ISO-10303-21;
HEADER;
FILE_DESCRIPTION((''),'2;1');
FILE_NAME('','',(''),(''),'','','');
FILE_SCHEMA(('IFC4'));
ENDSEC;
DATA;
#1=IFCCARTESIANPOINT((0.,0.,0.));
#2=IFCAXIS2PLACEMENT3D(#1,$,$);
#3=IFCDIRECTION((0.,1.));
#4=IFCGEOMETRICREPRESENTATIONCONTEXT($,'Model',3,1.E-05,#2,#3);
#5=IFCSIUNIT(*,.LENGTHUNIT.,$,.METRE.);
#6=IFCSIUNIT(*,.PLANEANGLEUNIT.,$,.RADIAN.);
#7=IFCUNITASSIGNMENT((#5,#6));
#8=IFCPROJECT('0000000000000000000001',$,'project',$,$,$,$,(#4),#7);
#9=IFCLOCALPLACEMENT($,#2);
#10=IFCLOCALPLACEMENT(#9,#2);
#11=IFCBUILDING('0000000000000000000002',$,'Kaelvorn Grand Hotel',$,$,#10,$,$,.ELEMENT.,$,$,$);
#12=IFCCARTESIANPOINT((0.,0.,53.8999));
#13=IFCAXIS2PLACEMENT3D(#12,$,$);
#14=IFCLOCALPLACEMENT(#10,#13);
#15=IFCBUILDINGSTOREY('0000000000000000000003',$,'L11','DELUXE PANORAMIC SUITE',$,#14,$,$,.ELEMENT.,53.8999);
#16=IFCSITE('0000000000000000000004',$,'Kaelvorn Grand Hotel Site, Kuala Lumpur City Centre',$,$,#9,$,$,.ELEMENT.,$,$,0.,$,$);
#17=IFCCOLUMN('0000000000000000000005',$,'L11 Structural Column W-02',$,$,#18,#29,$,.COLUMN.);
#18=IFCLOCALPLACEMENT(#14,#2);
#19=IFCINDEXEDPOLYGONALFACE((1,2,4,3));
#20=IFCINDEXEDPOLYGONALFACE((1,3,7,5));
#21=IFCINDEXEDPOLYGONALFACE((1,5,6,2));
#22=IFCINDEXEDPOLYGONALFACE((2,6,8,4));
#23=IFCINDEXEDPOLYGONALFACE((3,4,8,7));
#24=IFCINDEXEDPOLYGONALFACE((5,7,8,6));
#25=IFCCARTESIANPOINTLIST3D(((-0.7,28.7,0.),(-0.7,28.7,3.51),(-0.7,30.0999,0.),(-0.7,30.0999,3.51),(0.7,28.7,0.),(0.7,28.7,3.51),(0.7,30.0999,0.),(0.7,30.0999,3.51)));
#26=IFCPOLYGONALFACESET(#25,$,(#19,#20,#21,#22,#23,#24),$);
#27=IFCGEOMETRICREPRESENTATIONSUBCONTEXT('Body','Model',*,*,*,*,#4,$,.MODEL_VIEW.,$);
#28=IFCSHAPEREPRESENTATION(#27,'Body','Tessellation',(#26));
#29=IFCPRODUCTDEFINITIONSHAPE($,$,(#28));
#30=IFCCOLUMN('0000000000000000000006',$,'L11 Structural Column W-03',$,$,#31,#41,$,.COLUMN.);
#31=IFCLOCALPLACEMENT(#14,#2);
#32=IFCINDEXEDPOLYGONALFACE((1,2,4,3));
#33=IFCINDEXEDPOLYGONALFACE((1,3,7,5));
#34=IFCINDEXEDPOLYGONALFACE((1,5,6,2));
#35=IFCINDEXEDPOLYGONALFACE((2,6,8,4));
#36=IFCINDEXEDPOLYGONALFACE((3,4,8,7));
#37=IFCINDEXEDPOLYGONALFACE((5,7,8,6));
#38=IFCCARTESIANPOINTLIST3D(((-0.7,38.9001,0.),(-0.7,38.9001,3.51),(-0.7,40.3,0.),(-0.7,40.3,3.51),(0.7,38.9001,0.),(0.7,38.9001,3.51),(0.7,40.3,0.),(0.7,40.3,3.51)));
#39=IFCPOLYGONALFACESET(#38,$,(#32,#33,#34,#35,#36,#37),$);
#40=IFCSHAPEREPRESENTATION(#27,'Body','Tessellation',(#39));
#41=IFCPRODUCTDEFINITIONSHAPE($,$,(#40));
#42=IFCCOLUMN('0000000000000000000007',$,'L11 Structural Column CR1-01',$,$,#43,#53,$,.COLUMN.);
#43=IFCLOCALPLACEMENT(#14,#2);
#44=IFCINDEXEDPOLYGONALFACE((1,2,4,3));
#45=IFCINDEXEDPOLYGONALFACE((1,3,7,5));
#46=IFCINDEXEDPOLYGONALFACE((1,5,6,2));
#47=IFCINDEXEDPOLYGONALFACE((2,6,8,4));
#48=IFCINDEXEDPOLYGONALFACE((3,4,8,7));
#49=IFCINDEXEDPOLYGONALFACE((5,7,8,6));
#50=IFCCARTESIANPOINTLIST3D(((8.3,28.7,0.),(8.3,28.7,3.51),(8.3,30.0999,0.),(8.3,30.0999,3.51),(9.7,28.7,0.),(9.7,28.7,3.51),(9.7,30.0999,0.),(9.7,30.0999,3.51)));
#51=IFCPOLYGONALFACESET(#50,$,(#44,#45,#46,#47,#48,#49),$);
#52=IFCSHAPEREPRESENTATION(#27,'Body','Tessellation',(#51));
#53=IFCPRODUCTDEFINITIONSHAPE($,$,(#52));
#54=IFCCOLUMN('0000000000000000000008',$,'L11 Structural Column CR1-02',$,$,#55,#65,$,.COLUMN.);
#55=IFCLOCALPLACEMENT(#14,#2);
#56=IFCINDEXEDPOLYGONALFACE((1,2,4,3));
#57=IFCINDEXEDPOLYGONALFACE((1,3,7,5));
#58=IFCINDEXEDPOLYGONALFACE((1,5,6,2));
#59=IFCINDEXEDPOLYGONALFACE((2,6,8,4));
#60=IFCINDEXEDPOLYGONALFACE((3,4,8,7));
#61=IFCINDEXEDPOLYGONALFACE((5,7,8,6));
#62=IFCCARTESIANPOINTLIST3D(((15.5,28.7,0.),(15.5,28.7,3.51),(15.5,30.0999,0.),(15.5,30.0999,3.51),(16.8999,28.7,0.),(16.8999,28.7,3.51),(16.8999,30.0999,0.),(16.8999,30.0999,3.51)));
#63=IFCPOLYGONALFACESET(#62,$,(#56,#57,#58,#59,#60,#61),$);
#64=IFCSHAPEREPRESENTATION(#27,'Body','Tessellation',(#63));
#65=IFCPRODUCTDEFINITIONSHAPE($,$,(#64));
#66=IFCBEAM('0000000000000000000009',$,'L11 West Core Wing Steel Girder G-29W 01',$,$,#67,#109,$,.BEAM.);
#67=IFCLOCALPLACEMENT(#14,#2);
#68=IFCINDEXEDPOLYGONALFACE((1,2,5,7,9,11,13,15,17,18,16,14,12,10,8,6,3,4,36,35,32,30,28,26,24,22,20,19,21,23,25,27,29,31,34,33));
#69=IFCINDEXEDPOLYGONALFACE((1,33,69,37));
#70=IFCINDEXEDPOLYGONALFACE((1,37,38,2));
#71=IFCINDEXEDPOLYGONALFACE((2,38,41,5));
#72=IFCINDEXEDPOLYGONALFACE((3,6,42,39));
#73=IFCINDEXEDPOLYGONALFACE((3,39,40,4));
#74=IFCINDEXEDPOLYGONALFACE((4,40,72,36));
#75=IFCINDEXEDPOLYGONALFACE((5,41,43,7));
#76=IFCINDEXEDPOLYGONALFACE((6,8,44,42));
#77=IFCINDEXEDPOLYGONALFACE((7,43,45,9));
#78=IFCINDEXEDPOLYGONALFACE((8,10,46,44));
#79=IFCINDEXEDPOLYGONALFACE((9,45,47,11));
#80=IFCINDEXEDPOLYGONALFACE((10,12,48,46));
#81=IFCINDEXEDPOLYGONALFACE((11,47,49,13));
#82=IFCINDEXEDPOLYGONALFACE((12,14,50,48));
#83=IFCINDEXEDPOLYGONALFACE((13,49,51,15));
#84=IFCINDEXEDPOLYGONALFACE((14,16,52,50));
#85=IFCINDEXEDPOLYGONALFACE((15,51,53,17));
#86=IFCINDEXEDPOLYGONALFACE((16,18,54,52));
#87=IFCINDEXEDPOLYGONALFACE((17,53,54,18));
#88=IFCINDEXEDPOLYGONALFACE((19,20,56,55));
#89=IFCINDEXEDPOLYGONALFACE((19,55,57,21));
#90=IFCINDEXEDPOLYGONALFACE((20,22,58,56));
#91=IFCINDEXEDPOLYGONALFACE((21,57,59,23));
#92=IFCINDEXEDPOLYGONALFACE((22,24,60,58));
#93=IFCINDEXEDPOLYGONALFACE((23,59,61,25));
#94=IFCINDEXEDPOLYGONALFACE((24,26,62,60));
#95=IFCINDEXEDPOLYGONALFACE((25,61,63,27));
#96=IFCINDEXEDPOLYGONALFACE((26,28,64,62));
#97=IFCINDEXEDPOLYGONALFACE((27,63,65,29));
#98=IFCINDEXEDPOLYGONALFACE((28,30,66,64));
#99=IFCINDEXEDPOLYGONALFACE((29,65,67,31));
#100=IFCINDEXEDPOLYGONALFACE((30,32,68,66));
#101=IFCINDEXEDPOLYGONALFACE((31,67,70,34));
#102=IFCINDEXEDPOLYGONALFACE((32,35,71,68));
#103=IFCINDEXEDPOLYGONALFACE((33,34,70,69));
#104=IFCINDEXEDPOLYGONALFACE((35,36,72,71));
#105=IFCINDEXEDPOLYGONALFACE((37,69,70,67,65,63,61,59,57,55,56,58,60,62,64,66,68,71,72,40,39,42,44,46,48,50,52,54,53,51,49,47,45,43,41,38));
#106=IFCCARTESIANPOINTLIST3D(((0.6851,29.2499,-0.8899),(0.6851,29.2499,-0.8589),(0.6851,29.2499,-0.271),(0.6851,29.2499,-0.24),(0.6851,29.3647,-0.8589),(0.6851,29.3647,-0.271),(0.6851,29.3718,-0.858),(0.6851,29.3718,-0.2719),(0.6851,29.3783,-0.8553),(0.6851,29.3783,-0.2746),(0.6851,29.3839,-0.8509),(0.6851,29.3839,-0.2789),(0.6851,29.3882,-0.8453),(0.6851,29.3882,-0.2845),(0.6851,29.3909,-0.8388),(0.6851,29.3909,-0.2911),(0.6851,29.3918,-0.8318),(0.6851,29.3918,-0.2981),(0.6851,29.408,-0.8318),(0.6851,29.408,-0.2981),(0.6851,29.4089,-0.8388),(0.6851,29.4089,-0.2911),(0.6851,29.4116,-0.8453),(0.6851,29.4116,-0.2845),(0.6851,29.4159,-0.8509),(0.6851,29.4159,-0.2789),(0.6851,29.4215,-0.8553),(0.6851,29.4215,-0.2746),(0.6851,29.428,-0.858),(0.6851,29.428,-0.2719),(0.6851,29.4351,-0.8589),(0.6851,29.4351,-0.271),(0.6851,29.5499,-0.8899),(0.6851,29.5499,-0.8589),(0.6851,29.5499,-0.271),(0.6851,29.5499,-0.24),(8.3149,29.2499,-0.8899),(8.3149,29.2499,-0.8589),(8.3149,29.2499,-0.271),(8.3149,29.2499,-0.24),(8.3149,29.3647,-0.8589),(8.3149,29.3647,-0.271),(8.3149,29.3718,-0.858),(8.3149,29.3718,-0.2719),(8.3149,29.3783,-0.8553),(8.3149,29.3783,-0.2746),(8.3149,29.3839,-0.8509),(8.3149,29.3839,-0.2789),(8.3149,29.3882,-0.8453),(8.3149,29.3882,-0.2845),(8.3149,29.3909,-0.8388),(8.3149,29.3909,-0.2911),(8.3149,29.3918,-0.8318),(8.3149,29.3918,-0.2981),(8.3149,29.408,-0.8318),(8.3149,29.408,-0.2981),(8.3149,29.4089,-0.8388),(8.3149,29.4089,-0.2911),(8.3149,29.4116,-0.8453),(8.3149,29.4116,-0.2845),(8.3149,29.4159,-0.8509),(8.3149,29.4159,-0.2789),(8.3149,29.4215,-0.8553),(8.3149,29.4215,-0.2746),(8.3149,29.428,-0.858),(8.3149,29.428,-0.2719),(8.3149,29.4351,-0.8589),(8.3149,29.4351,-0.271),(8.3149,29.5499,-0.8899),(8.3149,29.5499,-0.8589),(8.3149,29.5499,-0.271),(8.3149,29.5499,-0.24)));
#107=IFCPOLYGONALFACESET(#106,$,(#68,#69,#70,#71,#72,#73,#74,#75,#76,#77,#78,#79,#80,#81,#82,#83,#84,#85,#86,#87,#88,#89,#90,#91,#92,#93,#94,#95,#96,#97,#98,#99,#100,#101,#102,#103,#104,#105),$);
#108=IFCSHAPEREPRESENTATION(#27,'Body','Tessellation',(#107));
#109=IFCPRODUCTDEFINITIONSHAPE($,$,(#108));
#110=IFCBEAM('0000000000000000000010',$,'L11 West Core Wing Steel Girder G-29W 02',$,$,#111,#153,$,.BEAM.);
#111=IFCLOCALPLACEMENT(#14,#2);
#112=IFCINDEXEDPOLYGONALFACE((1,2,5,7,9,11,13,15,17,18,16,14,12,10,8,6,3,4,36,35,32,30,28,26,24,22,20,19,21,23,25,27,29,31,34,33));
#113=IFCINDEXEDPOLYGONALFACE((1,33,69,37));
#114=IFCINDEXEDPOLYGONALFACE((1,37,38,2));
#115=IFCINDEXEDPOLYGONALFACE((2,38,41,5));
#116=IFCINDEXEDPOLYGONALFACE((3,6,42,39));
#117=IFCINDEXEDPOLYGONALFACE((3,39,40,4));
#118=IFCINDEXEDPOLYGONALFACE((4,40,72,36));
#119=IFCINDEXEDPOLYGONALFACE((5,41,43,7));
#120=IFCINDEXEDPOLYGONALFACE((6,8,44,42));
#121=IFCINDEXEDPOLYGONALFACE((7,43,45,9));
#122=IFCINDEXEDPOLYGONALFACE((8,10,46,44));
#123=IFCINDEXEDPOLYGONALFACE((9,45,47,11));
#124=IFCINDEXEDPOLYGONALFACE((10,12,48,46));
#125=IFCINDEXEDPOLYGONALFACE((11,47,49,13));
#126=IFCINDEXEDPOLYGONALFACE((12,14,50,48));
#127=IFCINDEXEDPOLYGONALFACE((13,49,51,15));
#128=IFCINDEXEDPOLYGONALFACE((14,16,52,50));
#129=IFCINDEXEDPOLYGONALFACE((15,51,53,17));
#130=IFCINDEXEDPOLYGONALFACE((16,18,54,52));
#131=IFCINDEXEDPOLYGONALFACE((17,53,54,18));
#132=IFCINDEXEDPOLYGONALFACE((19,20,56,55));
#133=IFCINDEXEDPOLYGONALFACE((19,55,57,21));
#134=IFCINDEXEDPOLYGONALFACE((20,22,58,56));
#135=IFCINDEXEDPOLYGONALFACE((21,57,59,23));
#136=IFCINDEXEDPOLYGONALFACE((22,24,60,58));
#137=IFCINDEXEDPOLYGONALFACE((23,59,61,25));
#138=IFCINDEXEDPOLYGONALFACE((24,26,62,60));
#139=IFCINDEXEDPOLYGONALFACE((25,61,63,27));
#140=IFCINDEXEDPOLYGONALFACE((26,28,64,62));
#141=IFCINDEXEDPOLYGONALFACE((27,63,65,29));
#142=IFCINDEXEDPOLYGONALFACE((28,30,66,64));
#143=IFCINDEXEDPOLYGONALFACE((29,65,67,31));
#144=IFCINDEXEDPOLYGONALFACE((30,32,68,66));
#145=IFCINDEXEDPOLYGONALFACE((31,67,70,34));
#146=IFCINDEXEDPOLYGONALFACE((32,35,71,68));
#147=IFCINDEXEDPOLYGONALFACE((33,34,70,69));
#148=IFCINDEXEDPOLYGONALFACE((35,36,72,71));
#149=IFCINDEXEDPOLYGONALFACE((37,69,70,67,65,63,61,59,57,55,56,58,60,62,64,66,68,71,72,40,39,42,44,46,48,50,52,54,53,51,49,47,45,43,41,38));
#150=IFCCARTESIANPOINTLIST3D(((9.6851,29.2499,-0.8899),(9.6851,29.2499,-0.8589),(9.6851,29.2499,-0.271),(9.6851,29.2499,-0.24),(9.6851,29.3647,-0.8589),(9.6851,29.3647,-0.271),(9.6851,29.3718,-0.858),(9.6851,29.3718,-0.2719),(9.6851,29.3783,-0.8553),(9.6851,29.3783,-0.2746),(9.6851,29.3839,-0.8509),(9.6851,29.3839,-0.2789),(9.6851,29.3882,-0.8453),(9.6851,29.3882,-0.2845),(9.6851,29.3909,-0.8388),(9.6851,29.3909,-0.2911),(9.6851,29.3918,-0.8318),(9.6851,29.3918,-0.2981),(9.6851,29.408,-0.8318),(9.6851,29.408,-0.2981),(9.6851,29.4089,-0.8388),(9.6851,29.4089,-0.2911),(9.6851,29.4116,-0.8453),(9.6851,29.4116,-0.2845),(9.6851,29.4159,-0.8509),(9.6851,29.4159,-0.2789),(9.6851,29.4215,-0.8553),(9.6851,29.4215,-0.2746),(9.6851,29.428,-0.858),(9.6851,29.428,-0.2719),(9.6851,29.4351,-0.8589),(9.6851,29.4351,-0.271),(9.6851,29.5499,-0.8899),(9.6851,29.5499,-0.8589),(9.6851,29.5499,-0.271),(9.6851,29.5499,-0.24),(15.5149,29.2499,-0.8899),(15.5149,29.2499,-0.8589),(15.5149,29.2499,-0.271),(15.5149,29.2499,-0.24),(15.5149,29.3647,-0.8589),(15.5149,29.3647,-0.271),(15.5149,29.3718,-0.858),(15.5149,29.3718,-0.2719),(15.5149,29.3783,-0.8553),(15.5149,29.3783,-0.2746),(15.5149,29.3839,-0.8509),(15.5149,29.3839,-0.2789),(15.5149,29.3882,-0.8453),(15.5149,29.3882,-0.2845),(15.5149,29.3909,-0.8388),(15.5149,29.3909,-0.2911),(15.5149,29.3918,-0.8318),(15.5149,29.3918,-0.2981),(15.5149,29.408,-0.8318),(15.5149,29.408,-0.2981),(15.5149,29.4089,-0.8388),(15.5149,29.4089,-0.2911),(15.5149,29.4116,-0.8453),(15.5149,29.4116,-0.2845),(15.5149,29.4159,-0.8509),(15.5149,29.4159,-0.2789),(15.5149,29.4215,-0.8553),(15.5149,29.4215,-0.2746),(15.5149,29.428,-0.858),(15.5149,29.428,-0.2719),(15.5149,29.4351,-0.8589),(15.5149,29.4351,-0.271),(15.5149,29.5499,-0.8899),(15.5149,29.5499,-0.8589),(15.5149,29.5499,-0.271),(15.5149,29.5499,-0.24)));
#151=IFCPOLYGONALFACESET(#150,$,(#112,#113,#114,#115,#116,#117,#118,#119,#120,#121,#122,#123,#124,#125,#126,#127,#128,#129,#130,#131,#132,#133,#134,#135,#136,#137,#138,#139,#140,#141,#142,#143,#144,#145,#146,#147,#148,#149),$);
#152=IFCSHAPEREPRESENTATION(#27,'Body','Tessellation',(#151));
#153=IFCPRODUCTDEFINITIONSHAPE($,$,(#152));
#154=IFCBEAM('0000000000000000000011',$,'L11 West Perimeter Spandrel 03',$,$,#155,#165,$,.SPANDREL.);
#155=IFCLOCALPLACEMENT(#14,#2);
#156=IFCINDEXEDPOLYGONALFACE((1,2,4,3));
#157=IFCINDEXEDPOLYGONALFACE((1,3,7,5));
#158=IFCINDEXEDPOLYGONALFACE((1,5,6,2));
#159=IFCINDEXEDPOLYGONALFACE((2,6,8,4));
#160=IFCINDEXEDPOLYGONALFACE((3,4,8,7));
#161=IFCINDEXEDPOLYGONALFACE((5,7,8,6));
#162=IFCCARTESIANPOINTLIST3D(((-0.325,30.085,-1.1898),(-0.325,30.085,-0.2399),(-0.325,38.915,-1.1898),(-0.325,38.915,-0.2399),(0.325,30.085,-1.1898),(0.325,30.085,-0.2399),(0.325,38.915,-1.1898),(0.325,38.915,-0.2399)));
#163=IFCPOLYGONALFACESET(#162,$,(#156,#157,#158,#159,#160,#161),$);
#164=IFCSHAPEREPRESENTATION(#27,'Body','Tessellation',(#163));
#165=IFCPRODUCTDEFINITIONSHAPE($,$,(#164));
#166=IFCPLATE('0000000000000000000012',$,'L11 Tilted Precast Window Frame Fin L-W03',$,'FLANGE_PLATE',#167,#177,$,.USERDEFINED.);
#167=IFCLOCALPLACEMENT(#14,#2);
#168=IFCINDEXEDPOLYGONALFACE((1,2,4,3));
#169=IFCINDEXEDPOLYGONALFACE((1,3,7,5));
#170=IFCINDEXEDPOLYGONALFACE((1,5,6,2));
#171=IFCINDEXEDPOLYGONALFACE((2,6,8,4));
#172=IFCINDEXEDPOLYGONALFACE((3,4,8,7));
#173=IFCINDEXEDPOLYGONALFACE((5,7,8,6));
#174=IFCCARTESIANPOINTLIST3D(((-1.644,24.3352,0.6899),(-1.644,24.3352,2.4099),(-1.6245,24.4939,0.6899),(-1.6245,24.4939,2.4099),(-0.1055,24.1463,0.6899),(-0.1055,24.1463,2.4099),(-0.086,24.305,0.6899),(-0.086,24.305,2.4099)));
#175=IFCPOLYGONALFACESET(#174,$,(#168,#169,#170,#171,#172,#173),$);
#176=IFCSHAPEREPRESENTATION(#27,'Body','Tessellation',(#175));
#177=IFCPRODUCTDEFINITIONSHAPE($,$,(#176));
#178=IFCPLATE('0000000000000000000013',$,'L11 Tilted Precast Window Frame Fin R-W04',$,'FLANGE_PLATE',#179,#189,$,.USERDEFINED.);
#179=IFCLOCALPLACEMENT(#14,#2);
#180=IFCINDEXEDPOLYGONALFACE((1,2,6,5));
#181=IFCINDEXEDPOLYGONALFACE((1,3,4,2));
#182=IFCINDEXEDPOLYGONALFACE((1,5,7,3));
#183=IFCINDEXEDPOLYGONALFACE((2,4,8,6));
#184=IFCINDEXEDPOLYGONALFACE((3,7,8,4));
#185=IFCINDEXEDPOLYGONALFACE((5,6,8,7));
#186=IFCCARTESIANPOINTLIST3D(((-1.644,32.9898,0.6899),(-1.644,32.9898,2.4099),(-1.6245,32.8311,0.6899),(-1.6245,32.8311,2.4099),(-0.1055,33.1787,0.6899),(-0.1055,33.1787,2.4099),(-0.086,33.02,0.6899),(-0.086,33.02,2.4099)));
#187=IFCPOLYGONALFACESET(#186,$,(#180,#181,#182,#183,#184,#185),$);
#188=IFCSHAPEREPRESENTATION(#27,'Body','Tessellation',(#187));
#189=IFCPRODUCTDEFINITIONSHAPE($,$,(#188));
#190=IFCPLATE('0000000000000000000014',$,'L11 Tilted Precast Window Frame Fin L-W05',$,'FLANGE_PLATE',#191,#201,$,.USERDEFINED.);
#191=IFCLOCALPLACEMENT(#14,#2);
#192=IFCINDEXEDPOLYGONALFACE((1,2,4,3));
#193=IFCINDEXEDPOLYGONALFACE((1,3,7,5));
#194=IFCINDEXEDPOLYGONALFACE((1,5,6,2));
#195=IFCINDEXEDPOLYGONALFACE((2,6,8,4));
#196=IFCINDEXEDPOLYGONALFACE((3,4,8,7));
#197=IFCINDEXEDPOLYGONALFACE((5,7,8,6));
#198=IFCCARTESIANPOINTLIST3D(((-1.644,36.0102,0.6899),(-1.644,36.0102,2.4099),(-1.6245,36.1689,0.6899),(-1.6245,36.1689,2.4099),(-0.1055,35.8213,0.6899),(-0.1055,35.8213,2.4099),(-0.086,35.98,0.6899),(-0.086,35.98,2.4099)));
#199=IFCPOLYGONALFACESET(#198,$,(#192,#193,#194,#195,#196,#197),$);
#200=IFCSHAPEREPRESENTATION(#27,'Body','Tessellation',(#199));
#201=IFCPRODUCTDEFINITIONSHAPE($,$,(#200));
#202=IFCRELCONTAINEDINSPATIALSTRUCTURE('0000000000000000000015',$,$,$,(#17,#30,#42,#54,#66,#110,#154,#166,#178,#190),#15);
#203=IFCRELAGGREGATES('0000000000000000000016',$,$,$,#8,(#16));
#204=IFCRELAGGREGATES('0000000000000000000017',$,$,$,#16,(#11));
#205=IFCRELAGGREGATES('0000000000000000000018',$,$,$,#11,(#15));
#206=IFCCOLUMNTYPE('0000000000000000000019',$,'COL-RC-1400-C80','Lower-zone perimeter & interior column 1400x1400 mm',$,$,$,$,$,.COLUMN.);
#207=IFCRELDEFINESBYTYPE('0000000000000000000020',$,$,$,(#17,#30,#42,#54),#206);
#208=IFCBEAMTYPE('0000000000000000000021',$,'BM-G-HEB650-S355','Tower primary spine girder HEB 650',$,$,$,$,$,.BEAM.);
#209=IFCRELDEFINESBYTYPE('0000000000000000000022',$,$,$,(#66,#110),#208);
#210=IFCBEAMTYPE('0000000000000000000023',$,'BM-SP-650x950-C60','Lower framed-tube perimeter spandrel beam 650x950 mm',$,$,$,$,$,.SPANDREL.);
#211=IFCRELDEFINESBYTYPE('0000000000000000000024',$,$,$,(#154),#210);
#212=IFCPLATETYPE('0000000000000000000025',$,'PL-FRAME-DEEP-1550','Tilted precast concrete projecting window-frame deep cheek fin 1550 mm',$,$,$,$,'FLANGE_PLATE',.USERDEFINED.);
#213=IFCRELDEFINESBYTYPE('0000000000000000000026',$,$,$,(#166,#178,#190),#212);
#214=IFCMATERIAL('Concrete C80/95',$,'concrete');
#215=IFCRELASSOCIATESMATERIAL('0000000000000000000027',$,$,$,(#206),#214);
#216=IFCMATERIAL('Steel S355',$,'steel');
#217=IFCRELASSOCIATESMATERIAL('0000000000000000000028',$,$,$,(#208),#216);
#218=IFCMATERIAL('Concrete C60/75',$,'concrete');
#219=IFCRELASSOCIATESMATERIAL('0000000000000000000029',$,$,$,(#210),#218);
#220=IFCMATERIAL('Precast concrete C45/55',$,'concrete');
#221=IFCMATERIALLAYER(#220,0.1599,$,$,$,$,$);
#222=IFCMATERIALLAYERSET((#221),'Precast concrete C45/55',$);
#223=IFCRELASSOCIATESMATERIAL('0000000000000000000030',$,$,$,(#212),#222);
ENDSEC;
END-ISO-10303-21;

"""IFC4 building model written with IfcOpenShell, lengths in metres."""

from ifc_helpers import new_model, si_unit, direction, frame, origin, origin_2d, place, context, subcontext, project, spatial, rectangle, i_section, extrude, material, layer, layer_set, material_profile, profile_set, type_object, element, save


model = new_model("IFC4")

# Units and contexts
model_context = context("Model", 3, precision=1e-05, world=origin(), true_north=direction((0.0, 1.0)))
body_context = subcontext(model_context, "Body", "Model", "MODEL_VIEW")
ifc_project = project(units=[si_unit("LENGTHUNIT", "METRE"), si_unit("PLANEANGLEUNIT", "RADIAN")], contexts=[model_context])

# Site, building, storey
site_placement = place(None, origin())
site = spatial("IfcSite", under=ifc_project, at=site_placement, Name="Kaelvorn Grand Hotel Site, Kuala Lumpur City Centre", CompositionType="ELEMENT", RefElevation=0.0)
building_placement = place(site_placement, origin())
building = spatial("IfcBuilding", under=site, at=building_placement, Name="Kaelvorn Grand Hotel", CompositionType="ELEMENT")
storey_placement = place(building_placement, frame((0.0, 0.0, 53.8999)))
storey = spatial("IfcBuildingStorey", under=building, at=storey_placement, Name="L11", Description="DELUXE PANORAMIC SUITE", CompositionType="ELEMENT", Elevation=53.8999)

# Columns
ifc_material_1 = material(Name="Concrete C80/95", Category="concrete")
ifc_material_profile_1 = material_profile(ifc_material_1, rectangle(XDim=1.3999, YDim=1.3999, at=origin_2d()), Name="RC COL 1400x1400")
ifc_profile_set_1 = profile_set([ifc_material_profile_1], Name="Concrete C80/95")
column_type = type_object("IfcColumnType", Name="COL-RC-1400-C80", Description="Lower-zone perimeter & interior column 1400x1400 mm", PredefinedType="COLUMN", material=ifc_profile_set_1)
for number, where, z_axis, x_axis, name in (
    (1, (0.0, 29.3999, 0.0), (0.0, 0.0, 1.0), (1.0, 0.0, 0.0), "L11 Structural Column W-02"),
    (2, (0.0, 39.6001, 0.0), (0.0, 0.0, 1.0), (1.0, 0.0, 0.0), "L11 Structural Column W-03"),
    (3, (9.0, 29.3999, 0.0), (0.0, 0.0, 1.0), (1.0, 0.0, 0.0), "L11 Structural Column CR1-01"),
    (4, (16.2, 29.3999, 0.0), (0.0, 0.0, 1.0), (1.0, 0.0, 0.0), "L11 Structural Column CR1-02"),
):
    element("IfcColumn", number, at=place(storey_placement, frame(where, z_axis=z_axis, x_axis=x_axis)), inside=storey, type_object=column_type, Name=name, PredefinedType="COLUMN", context=body_context, shape_type="SweptSolid", body=[
        extrude(rectangle(XDim=1.3999, YDim=1.3999, at=origin_2d()), origin(), (0.0, 0.0, 1.0), 3.51),
    ])

# Beams
ifc_material_2 = material(Name="Steel S355", Category="steel")
ifc_material_profile_2 = material_profile(ifc_material_2, i_section(OverallWidth=0.3, OverallDepth=0.6499, WebThickness=0.0161, FlangeThickness=0.031, FilletRadius=0.0271, at=origin_2d()), Name="HEB 650")
ifc_profile_set_2 = profile_set([ifc_material_profile_2], Name="Steel S355")
beam_type_1 = type_object("IfcBeamType", Name="BM-G-HEB650-S355", Description="Tower primary spine girder HEB 650", PredefinedType="BEAM", material=ifc_profile_set_2)
beam_1_placement = place(storey_placement, frame((0.6851, 29.3999, -0.5649), z_axis=(1.0, 0.0, 0.0), x_axis=(0.0, 1.0, 0.0)))
element("IfcBeam", 5, at=beam_1_placement, inside=storey, type_object=beam_type_1, Name="L11 West Core Wing Steel Girder G-29W 01", PredefinedType="BEAM", context=body_context, shape_type="SweptSolid", body=[
    extrude(i_section(OverallWidth=0.3, OverallDepth=0.6499, WebThickness=0.0161, FlangeThickness=0.031, FilletRadius=0.0271, at=origin_2d()), origin(), (0.0, 0.0, 1.0), 7.6299),
])
beam_2_placement = place(storey_placement, frame((9.6851, 29.3999, -0.5649), z_axis=(1.0, 0.0, 0.0), x_axis=(0.0, 1.0, 0.0)))
element("IfcBeam", 6, at=beam_2_placement, inside=storey, type_object=beam_type_1, Name="L11 West Core Wing Steel Girder G-29W 02", PredefinedType="BEAM", context=body_context, shape_type="SweptSolid", body=[
    extrude(i_section(OverallWidth=0.3, OverallDepth=0.6499, WebThickness=0.0161, FlangeThickness=0.031, FilletRadius=0.0271, at=origin_2d()), origin(), (0.0, 0.0, 1.0), 5.8298),
])
ifc_material_3 = material(Name="Concrete C60/75", Category="concrete")
ifc_material_profile_3 = material_profile(ifc_material_3, rectangle(XDim=0.6499, YDim=0.95, at=origin_2d()), Name="RC SPANDREL 650x950")
ifc_profile_set_3 = profile_set([ifc_material_profile_3], Name="Concrete C60/75")
beam_type_2 = type_object("IfcBeamType", Name="BM-SP-650x950-C60", Description="Lower framed-tube perimeter spandrel beam 650x950 mm", PredefinedType="SPANDREL", material=ifc_profile_set_3)
beam_3_placement = place(storey_placement, frame((0.0, 30.085, -0.7148), z_axis=(0.0, 1.0, 0.0), x_axis=(-1.0, 0.0, 0.0)))
element("IfcBeam", 7, at=beam_3_placement, inside=storey, type_object=beam_type_2, Name="L11 West Perimeter Spandrel 03", PredefinedType="SPANDREL", context=body_context, shape_type="SweptSolid", body=[
    extrude(rectangle(XDim=0.6499, YDim=0.95, at=origin_2d()), origin(), (0.0, 0.0, 1.0), 8.8301),
])

# Plates
ifc_material_4 = material(Name="Precast concrete C45/55", Category="concrete")
ifc_layer_1 = layer(ifc_material_4, 0.1599)
ifc_layer_set_1 = layer_set([ifc_layer_1], Name="Precast concrete C45/55")
plate_type_1 = type_object("IfcPlateType", Name="PL-FRAME-DEEP-1550", Description="Tilted precast concrete projecting window-frame deep cheek fin 1550 mm", ElementType="FLANGE_PLATE", PredefinedType="USERDEFINED", material=ifc_layer_set_1)
for number, where, z_axis, x_axis, name in (
    (8, (-0.865, 24.3201, 0.6899), (0.0, 0.0, 1.0), (0.121869, 0.992546, 0.0), "L11 Tilted Precast Window Frame Fin L-W03"),
    (9, (-0.865, 33.0049, 0.6899), (0.0, 0.0, 1.0), (-0.121869, 0.992546, 0.0), "L11 Tilted Precast Window Frame Fin R-W04"),
    (10, (-0.865, 35.9951, 0.6899), (0.0, 0.0, 1.0), (0.121869, 0.992546, 0.0), "L11 Tilted Precast Window Frame Fin L-W05"),
):
    element("IfcPlate", number, at=place(storey_placement, frame(where, z_axis=z_axis, x_axis=x_axis)), inside=storey, type_object=plate_type_1, Name=name, ObjectType="FLANGE_PLATE", PredefinedType="USERDEFINED", context=body_context, shape_type="SweptSolid", body=[
        extrude(rectangle(XDim=0.1599, YDim=1.55, at=origin_2d()), origin(), (0.0, 0.0, 1.0), 1.72),
    ])

save(model, "model.ifc")
